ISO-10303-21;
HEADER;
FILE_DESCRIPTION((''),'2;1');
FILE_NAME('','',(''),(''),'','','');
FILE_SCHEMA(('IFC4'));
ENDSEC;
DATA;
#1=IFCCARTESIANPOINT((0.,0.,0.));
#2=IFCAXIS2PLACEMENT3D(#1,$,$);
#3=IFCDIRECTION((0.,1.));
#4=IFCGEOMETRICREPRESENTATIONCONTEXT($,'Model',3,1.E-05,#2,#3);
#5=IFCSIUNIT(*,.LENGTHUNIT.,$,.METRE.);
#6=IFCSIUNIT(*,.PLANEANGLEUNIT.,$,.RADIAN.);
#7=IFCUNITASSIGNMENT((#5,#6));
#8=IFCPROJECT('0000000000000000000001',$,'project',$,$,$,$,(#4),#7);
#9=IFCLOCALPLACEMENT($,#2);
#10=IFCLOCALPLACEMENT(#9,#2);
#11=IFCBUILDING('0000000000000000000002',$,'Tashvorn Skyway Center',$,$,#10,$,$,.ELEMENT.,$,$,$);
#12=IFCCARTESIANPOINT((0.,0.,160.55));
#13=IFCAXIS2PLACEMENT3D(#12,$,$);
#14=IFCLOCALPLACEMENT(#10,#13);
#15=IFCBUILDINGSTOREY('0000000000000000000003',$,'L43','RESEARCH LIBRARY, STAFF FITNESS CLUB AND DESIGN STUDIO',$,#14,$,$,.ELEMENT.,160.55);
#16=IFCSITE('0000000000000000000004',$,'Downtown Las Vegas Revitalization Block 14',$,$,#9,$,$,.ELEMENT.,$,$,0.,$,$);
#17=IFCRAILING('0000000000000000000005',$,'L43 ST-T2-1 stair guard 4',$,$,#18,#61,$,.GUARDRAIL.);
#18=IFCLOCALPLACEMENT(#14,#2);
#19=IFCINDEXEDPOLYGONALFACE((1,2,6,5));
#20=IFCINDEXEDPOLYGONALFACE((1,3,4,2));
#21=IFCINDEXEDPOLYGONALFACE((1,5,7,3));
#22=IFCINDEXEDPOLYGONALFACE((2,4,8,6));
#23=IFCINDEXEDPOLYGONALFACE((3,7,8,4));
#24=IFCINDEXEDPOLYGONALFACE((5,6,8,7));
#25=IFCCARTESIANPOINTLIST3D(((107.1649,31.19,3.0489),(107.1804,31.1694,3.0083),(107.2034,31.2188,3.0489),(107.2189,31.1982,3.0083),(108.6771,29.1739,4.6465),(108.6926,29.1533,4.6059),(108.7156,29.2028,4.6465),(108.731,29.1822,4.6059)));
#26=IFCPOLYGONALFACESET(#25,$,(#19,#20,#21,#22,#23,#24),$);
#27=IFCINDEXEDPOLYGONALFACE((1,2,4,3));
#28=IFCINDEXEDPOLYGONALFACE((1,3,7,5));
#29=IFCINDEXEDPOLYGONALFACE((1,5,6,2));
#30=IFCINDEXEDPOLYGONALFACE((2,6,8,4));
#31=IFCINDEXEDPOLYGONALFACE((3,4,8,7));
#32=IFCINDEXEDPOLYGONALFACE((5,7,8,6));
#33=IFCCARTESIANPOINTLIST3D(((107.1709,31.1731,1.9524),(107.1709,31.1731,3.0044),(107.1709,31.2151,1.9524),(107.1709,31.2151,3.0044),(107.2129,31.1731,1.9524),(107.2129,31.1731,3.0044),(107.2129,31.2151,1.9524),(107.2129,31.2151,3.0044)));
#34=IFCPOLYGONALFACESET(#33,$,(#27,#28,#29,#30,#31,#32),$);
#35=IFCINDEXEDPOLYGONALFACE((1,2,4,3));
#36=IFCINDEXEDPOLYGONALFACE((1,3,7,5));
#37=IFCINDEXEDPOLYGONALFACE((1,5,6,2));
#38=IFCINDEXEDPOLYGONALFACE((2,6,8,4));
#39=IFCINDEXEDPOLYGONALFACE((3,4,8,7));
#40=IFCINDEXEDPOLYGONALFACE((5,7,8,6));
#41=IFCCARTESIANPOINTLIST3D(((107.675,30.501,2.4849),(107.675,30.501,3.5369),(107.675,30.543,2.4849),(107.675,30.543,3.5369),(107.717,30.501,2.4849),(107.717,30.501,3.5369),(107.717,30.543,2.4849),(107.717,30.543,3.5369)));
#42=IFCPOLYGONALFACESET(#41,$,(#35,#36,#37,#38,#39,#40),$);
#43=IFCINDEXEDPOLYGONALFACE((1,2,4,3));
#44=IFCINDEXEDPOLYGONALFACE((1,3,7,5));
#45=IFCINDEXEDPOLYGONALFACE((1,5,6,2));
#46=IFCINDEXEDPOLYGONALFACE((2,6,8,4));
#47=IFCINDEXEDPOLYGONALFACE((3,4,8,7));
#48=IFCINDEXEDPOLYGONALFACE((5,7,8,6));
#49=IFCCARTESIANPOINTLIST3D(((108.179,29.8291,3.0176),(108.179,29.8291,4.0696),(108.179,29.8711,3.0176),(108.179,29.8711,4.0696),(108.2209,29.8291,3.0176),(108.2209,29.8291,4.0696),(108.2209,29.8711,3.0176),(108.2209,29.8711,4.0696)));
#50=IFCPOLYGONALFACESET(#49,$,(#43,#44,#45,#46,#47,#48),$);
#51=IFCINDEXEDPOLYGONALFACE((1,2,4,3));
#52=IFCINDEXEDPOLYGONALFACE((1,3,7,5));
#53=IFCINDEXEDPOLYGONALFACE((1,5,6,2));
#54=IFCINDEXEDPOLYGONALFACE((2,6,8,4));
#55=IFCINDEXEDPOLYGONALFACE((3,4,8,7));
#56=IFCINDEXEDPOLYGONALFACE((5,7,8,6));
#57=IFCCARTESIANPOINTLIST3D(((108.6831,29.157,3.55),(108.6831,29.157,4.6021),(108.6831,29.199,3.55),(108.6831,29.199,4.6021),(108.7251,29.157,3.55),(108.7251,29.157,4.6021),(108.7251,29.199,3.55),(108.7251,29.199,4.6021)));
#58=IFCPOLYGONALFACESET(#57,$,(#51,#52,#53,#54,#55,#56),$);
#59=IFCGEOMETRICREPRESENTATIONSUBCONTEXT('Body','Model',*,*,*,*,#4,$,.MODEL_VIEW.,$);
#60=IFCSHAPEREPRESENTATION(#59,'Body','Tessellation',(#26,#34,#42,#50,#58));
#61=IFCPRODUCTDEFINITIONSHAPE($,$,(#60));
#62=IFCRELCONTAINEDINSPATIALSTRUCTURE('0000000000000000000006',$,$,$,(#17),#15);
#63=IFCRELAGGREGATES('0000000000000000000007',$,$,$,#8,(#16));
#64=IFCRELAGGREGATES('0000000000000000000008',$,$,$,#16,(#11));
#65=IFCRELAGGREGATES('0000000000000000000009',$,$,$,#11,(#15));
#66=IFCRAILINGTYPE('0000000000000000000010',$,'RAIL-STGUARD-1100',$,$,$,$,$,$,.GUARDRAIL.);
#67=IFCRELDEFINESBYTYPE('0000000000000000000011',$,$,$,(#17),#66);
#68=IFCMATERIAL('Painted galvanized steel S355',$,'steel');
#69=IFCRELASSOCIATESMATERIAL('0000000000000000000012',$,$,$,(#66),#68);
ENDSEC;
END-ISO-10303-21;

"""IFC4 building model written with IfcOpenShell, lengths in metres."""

from ifc_helpers import new_model, si_unit, direction, frame, origin, origin_2d, place, context, subcontext, project, spatial, rectangle, extrude, material, type_object, element, save


model = new_model("IFC4")

# Units and contexts
model_context = context("Model", 3, precision=1e-05, world=origin(), true_north=direction((0.0, 1.0)))
body_context = subcontext(model_context, "Body", "Model", "MODEL_VIEW")
ifc_project = project(units=[si_unit("LENGTHUNIT", "METRE"), si_unit("PLANEANGLEUNIT", "RADIAN")], contexts=[model_context])

# Site, building, storey
site_placement = place(None, origin())
site = spatial("IfcSite", under=ifc_project, at=site_placement, Name="Downtown Las Vegas Revitalization Block 14", CompositionType="ELEMENT", RefElevation=0.0)
building_placement = place(site_placement, origin())
building = spatial("IfcBuilding", under=site, at=building_placement, Name="Tashvorn Skyway Center", CompositionType="ELEMENT")
storey_placement = place(building_placement, frame((0.0, 0.0, 160.55)))
storey = spatial("IfcBuildingStorey", under=building, at=storey_placement, Name="L43", Description="RESEARCH LIBRARY, STAFF FITNESS CLUB AND DESIGN STUDIO", CompositionType="ELEMENT", Elevation=160.55)

# Railing
ifc_material_1 = material(Name="Painted galvanized steel S355", Category="steel")
railing_type_1 = type_object("IfcRailingType", Name="RAIL-STGUARD-1100", PredefinedType="GUARDRAIL", material=ifc_material_1)
railing_1_placement = place(storey_placement, frame((107.1919, 31.1941, 1.9524)))
element("IfcRailing", 1, at=railing_1_placement, inside=storey, type_object=railing_type_1, Name="L43 ST-T2-1 stair guard 4", PredefinedType="GUARDRAIL", context=body_context, shape_type="SweptSolid", body=[
    extrude(rectangle(XDim=0.0481, YDim=0.0481, at=origin_2d()), frame((0.0, 0.0, 1.0762), z_axis=(0.506779, -0.675651, 0.535416), x_axis=(0.799977, 0.600031, 0.0)), (0.0, 0.0, 1.0), 2.9839),
    extrude(rectangle(XDim=0.042, YDim=0.042, at=origin_2d()), origin(), (0.0, 0.0, 1.0), 1.052),
    extrude(rectangle(XDim=0.042, YDim=0.042, at=origin_2d()), frame((0.5042, -0.6721, 0.5325)), (0.0, 0.0, 1.0), 1.052),
    extrude(rectangle(XDim=0.042, YDim=0.042, at=origin_2d()), frame((1.0081, -1.344, 1.0652)), (0.0, 0.0, 1.0), 1.052),
    extrude(rectangle(XDim=0.042, YDim=0.042, at=origin_2d()), frame((1.5122, -2.0161, 1.5977)), (0.0, 0.0, 1.0), 1.052),
])

save(model, "model.ifc")
